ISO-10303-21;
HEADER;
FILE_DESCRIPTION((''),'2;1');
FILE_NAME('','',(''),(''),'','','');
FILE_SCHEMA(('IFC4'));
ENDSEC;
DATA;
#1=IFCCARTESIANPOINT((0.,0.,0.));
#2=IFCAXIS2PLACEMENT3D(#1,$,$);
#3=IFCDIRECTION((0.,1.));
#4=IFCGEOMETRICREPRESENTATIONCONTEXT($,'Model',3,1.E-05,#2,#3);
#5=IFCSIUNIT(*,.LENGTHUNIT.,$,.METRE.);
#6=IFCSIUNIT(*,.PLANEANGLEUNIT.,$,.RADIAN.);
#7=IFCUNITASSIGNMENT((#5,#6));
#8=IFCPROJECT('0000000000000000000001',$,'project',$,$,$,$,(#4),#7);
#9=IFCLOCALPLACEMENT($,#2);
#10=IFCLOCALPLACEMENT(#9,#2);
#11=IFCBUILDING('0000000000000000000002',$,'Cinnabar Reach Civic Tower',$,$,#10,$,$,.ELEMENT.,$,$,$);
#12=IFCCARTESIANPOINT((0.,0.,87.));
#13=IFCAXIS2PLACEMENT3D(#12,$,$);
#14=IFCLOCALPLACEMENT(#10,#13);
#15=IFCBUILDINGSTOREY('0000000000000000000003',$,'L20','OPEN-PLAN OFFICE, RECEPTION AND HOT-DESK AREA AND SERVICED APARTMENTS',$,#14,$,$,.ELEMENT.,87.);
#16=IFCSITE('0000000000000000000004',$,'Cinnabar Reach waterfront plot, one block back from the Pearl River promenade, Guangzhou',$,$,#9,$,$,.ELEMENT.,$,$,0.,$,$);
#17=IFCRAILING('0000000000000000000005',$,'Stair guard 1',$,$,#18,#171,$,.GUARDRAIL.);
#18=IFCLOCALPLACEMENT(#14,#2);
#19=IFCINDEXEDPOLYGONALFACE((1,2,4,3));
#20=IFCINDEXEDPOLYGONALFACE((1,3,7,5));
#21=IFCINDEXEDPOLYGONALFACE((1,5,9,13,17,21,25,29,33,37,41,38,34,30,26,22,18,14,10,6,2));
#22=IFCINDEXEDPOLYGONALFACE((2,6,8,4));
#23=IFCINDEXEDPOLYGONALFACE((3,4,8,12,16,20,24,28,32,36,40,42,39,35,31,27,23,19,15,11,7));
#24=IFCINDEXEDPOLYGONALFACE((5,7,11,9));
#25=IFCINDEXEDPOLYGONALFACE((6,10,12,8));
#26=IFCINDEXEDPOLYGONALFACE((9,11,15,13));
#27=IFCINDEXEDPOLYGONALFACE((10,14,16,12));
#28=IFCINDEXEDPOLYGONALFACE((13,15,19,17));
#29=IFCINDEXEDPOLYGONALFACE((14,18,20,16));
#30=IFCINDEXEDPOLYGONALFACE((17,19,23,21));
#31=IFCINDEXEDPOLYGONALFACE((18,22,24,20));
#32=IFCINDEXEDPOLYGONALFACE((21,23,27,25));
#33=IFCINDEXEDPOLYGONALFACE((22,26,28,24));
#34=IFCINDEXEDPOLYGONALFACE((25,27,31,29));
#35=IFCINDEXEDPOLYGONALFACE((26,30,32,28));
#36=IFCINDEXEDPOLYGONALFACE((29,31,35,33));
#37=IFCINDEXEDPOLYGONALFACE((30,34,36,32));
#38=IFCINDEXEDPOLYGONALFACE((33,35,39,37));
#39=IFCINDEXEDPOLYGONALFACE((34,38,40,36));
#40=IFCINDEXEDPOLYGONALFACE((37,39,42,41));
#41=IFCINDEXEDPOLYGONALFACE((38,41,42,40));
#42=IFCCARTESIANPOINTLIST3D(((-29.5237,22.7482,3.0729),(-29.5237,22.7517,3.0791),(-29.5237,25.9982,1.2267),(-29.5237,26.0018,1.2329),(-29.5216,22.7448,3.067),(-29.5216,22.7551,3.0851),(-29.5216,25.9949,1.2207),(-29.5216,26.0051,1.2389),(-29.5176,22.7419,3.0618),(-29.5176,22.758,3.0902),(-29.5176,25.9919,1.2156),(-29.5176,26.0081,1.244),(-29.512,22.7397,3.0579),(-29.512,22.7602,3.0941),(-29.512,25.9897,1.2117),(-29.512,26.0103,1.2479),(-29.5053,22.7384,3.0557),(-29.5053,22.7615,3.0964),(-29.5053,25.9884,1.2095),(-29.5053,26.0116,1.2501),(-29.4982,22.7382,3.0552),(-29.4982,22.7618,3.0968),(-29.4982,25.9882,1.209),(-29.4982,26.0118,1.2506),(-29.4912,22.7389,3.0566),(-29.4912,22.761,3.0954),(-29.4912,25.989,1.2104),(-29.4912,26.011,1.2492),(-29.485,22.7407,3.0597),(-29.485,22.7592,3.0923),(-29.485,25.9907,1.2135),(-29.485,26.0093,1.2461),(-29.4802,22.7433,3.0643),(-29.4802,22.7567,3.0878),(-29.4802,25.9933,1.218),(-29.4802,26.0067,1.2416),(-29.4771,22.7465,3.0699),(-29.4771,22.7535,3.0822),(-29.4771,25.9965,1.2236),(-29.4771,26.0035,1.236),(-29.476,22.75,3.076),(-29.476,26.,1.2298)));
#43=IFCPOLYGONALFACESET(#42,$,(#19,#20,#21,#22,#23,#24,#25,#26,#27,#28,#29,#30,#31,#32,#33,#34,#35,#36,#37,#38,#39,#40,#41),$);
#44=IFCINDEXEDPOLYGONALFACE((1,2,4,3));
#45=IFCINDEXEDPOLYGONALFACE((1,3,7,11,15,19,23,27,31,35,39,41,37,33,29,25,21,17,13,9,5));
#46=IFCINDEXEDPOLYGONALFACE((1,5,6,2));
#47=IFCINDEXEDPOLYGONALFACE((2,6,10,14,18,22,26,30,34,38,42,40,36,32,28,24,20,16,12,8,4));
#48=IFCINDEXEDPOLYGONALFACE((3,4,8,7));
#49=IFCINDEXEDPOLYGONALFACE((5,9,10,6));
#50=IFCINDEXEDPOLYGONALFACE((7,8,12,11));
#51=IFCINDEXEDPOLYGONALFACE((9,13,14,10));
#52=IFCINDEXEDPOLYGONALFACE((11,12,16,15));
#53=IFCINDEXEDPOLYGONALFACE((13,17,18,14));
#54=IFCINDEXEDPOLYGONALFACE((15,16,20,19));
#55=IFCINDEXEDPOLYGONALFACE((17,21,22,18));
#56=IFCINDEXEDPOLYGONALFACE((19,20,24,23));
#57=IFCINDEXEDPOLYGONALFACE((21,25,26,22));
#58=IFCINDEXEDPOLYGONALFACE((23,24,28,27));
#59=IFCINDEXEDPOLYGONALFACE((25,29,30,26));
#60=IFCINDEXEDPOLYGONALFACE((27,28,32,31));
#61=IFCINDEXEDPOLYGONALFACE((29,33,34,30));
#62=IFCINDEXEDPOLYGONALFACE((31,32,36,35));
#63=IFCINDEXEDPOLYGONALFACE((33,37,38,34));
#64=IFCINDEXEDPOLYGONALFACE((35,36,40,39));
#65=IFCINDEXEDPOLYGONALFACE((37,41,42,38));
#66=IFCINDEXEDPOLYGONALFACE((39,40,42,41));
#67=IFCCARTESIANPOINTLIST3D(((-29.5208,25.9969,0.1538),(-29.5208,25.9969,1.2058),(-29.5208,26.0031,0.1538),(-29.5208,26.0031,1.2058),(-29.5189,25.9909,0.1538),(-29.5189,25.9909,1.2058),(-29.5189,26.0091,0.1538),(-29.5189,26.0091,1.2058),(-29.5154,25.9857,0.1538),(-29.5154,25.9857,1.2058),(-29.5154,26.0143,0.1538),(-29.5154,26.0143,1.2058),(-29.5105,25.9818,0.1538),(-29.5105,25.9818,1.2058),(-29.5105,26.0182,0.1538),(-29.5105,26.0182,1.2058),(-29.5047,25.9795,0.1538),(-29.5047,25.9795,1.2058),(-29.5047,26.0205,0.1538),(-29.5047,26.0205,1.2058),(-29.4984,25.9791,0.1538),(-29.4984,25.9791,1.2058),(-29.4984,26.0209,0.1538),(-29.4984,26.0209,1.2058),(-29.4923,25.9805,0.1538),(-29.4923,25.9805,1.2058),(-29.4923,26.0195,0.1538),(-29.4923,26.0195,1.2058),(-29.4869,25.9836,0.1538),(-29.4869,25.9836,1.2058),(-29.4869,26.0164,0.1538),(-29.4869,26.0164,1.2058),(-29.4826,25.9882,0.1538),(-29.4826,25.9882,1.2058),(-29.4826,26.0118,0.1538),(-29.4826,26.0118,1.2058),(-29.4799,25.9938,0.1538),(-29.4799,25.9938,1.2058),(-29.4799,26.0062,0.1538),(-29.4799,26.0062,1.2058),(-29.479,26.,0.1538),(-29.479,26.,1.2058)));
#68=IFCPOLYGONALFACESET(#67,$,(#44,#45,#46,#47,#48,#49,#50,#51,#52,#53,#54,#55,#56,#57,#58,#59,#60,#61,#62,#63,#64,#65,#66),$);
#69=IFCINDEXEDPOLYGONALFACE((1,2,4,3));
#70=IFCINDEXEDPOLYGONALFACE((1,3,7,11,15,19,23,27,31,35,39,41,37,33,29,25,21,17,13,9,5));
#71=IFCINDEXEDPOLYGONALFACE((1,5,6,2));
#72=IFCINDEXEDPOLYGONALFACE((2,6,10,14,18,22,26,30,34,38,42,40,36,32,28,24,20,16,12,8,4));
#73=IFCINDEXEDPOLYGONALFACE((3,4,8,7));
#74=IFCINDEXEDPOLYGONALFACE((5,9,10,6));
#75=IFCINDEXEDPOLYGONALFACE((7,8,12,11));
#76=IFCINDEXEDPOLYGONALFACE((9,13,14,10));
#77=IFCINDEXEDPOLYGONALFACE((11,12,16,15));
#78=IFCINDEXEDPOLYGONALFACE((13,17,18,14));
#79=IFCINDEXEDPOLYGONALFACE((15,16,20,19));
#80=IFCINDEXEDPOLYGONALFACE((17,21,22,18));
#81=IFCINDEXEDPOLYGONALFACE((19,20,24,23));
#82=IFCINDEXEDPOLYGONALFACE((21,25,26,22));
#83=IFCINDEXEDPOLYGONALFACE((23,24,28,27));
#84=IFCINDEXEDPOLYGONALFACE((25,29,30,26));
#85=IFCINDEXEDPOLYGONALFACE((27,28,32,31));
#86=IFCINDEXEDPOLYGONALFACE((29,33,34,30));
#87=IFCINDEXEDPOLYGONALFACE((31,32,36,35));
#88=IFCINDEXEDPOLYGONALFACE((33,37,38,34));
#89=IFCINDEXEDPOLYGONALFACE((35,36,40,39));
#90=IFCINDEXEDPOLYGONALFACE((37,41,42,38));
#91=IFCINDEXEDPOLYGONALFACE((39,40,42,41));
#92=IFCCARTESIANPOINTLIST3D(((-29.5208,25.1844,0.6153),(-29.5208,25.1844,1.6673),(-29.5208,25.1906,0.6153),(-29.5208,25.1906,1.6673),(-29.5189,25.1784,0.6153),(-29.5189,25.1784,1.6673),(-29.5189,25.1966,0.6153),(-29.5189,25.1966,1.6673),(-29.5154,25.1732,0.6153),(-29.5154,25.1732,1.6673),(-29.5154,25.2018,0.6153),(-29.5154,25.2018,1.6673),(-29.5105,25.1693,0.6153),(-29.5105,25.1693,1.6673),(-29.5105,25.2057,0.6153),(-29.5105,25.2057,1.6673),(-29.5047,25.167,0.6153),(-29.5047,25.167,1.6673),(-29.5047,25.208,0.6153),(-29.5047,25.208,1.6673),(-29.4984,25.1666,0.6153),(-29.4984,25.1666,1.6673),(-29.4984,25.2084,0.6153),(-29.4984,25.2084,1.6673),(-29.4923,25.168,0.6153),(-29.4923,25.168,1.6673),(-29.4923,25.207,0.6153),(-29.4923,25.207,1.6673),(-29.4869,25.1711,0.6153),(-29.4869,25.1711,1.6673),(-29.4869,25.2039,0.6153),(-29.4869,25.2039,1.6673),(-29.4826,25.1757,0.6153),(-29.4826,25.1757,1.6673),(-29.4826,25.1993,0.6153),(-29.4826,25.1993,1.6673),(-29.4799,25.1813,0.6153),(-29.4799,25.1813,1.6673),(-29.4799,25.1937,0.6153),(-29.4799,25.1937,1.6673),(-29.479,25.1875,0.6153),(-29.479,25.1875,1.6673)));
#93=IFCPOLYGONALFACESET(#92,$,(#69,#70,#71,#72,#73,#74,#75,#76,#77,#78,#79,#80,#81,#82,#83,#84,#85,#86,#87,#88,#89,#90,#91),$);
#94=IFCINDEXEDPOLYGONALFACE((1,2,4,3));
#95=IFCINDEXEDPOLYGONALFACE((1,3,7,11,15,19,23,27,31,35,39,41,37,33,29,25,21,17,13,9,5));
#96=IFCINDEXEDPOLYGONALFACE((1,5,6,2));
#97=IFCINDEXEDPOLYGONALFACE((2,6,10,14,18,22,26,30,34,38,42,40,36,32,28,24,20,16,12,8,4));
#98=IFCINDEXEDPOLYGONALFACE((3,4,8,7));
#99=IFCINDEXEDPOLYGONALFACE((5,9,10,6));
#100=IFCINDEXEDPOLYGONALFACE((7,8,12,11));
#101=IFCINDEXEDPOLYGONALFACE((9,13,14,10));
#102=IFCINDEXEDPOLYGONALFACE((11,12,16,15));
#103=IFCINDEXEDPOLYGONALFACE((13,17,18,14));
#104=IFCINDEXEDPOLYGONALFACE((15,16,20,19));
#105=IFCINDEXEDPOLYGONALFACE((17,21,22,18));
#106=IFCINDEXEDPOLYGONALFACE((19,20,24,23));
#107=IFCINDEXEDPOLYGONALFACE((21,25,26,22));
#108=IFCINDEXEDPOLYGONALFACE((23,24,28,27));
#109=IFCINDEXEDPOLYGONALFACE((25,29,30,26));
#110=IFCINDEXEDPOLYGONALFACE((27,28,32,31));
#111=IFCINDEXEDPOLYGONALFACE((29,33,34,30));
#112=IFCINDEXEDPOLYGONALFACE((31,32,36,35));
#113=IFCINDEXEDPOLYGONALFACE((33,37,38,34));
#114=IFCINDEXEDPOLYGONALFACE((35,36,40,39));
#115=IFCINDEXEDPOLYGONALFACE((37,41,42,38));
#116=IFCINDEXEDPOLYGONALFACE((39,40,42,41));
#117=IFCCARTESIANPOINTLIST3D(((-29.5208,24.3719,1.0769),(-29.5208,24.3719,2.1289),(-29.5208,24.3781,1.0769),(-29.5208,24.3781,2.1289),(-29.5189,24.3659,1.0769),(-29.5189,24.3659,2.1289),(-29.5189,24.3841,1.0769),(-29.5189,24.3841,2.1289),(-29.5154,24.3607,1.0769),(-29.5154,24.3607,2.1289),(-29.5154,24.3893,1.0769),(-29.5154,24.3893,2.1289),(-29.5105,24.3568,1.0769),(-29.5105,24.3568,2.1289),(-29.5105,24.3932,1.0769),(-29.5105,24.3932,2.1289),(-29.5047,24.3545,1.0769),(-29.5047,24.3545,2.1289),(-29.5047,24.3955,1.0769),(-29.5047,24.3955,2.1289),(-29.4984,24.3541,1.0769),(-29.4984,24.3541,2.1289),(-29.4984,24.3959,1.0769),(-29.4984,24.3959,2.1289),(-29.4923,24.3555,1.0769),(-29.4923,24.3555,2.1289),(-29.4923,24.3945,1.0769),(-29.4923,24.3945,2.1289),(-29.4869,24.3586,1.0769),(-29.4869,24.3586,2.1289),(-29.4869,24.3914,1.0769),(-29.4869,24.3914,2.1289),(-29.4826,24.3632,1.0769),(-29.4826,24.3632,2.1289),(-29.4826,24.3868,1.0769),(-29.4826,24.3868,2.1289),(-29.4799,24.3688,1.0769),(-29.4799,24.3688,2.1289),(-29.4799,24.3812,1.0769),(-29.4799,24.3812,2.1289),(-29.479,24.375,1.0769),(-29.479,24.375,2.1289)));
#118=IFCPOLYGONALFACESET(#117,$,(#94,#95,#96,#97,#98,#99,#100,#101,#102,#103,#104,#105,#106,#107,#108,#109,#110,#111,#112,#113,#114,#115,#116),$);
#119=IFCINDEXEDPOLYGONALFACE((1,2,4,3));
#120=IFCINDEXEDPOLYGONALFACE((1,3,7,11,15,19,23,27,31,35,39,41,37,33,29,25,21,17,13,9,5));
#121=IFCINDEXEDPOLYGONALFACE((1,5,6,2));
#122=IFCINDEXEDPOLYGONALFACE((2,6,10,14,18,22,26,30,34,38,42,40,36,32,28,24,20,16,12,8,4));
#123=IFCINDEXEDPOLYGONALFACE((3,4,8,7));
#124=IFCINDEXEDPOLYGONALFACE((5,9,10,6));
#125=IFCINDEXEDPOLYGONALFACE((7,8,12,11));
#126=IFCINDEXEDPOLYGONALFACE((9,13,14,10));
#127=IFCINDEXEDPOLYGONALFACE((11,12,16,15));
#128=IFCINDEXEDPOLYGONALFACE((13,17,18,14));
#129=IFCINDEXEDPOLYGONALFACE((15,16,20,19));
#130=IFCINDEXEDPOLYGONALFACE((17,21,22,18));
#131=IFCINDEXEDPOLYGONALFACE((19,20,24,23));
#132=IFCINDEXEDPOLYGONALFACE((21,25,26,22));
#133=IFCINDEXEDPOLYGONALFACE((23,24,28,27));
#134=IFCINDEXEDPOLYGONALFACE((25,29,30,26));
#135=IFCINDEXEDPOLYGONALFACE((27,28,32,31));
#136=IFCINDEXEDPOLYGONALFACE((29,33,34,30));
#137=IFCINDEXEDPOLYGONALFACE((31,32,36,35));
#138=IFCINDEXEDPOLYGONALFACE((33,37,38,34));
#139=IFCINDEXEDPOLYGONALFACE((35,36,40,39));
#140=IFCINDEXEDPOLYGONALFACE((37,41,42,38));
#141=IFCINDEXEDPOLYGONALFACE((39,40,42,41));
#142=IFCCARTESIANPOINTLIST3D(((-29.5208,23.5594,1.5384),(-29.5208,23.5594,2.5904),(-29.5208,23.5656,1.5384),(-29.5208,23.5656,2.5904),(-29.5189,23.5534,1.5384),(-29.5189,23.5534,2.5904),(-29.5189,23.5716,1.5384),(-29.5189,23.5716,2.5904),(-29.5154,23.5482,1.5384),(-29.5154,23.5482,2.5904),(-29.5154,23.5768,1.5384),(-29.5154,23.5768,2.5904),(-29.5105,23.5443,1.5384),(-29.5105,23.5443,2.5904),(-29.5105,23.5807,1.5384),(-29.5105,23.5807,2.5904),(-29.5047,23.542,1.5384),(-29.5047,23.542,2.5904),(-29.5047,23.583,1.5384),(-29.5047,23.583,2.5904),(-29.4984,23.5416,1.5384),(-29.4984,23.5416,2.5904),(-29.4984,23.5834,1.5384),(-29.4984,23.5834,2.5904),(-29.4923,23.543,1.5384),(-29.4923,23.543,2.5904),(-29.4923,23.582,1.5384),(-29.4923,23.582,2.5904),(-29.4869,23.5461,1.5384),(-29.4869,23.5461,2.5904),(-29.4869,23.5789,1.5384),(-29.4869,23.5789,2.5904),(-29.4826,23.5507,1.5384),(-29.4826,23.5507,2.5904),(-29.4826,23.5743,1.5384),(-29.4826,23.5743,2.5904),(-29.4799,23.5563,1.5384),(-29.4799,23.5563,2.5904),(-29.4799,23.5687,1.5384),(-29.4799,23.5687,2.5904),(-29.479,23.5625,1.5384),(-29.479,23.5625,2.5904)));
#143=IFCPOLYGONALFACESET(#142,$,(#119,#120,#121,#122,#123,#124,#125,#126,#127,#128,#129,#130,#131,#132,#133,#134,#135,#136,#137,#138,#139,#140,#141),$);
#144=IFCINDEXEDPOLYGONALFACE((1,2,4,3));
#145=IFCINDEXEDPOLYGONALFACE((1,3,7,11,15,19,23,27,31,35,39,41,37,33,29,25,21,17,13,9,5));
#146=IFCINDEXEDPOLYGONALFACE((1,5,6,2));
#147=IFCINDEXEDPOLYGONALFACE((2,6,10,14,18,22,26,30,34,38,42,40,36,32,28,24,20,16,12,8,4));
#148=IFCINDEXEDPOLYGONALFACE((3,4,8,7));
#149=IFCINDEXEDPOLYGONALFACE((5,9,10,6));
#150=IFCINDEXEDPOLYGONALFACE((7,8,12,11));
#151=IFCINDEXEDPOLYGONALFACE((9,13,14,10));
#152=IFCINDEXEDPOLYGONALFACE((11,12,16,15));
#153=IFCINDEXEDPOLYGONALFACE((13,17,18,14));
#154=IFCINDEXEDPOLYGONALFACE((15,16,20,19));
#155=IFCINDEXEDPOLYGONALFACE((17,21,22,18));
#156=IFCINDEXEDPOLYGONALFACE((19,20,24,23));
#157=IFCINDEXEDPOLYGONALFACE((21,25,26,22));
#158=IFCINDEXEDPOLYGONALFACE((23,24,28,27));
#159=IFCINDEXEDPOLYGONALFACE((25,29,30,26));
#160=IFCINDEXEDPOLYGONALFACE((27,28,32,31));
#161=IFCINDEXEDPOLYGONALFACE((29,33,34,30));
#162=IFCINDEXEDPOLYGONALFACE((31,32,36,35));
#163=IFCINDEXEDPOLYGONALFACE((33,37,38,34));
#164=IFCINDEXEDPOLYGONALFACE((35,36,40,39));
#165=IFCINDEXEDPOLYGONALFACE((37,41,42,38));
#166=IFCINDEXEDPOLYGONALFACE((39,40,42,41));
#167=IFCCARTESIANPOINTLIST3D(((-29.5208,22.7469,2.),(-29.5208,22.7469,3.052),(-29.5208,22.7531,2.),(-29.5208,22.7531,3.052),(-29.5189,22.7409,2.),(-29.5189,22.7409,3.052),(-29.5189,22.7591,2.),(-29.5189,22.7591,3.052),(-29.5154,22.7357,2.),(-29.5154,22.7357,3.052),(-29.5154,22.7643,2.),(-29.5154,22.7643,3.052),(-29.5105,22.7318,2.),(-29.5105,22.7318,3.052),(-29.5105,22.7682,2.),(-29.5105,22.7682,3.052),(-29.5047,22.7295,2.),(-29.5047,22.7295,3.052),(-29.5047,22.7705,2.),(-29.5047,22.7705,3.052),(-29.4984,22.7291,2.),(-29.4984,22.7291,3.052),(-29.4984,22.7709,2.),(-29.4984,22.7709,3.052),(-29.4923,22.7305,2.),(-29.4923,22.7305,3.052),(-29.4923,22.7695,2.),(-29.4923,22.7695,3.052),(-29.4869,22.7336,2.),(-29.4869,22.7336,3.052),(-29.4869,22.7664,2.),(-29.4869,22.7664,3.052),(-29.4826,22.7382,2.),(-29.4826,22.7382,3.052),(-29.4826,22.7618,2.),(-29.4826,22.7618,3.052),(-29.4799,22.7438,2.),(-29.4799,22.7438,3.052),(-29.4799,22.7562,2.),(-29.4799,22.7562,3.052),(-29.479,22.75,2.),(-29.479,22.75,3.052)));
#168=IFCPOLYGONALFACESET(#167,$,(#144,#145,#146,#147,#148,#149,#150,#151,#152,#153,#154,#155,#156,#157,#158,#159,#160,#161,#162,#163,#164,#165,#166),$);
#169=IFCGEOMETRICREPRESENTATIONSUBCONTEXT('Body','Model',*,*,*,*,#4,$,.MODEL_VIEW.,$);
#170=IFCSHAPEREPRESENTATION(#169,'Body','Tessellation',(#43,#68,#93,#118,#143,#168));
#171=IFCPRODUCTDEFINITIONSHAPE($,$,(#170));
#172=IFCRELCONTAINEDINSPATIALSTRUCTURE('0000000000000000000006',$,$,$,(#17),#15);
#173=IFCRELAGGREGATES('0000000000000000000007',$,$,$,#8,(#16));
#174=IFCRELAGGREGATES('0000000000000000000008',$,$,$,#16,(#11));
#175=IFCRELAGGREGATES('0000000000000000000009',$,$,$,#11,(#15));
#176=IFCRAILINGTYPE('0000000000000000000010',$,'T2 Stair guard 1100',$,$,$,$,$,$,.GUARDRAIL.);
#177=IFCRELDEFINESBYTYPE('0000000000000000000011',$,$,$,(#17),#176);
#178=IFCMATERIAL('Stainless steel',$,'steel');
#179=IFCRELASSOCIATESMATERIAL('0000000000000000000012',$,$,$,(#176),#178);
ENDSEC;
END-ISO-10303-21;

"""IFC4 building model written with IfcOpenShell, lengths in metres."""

from ifc_helpers import new_model, si_unit, direction, frame, origin, origin_2d, place, context, subcontext, project, spatial, circle, extrude, material, type_object, element, save


model = new_model("IFC4")

# Units and contexts
model_context = context("Model", 3, precision=1e-05, world=origin(), true_north=direction((0.0, 1.0)))
body_context = subcontext(model_context, "Body", "Model", "MODEL_VIEW")
ifc_project = project(units=[si_unit("LENGTHUNIT", "METRE"), si_unit("PLANEANGLEUNIT", "RADIAN")], contexts=[model_context])

# Site, building, storey
site_placement = place(None, origin())
site = spatial("IfcSite", under=ifc_project, at=site_placement, Name="Cinnabar Reach waterfront plot, one block back from the Pearl River promenade, Guangzhou", CompositionType="ELEMENT", RefElevation=0.0)
building_placement = place(site_placement, origin())
building = spatial("IfcBuilding", under=site, at=building_placement, Name="Cinnabar Reach Civic Tower", CompositionType="ELEMENT")
storey_placement = place(building_placement, frame((0.0, 0.0, 87.0)))
storey = spatial("IfcBuildingStorey", under=building, at=storey_placement, Name="L20", Description="OPEN-PLAN OFFICE, RECEPTION AND HOT-DESK AREA AND SERVICED APARTMENTS", CompositionType="ELEMENT", Elevation=87.0)

# Railing
ifc_material_1 = material(Name="Stainless steel", Category="steel")
railing_type = type_object("IfcRailingType", Name="T2 Stair guard 1100", PredefinedType="GUARDRAIL", material=ifc_material_1)
railing_1_placement = place(storey_placement, frame((-29.5, 26.0, 0.1538)))
element("IfcRailing", 1, at=railing_1_placement, inside=storey, type_object=railing_type, Name="Stair guard 1", PredefinedType="GUARDRAIL", context=body_context, shape_type="SweptSolid", body=[
    extrude(circle(Radius=0.024, at=origin_2d()), frame((0.0, 0.0, 1.076), z_axis=(0.0, -0.869501, 0.49393), x_axis=(1.0, 0.0, 0.0)), (0.0, 0.0, 1.0), 3.7378),
    extrude(circle(Radius=0.021, at=origin_2d()), origin(), (0.0, 0.0, 1.0), 1.052),
    extrude(circle(Radius=0.021, at=origin_2d()), frame((0.0, -0.8125, 0.4615)), (0.0, 0.0, 1.0), 1.052),
    extrude(circle(Radius=0.021, at=origin_2d()), frame((0.0, -1.625, 0.9231)), (0.0, 0.0, 1.0), 1.052),
    extrude(circle(Radius=0.021, at=origin_2d()), frame((0.0, -2.4375, 1.3846)), (0.0, 0.0, 1.0), 1.052),
    extrude(circle(Radius=0.021, at=origin_2d()), frame((0.0, -3.25, 1.8462)), (0.0, 0.0, 1.0), 1.052),
])

save(model, "model.ifc")
